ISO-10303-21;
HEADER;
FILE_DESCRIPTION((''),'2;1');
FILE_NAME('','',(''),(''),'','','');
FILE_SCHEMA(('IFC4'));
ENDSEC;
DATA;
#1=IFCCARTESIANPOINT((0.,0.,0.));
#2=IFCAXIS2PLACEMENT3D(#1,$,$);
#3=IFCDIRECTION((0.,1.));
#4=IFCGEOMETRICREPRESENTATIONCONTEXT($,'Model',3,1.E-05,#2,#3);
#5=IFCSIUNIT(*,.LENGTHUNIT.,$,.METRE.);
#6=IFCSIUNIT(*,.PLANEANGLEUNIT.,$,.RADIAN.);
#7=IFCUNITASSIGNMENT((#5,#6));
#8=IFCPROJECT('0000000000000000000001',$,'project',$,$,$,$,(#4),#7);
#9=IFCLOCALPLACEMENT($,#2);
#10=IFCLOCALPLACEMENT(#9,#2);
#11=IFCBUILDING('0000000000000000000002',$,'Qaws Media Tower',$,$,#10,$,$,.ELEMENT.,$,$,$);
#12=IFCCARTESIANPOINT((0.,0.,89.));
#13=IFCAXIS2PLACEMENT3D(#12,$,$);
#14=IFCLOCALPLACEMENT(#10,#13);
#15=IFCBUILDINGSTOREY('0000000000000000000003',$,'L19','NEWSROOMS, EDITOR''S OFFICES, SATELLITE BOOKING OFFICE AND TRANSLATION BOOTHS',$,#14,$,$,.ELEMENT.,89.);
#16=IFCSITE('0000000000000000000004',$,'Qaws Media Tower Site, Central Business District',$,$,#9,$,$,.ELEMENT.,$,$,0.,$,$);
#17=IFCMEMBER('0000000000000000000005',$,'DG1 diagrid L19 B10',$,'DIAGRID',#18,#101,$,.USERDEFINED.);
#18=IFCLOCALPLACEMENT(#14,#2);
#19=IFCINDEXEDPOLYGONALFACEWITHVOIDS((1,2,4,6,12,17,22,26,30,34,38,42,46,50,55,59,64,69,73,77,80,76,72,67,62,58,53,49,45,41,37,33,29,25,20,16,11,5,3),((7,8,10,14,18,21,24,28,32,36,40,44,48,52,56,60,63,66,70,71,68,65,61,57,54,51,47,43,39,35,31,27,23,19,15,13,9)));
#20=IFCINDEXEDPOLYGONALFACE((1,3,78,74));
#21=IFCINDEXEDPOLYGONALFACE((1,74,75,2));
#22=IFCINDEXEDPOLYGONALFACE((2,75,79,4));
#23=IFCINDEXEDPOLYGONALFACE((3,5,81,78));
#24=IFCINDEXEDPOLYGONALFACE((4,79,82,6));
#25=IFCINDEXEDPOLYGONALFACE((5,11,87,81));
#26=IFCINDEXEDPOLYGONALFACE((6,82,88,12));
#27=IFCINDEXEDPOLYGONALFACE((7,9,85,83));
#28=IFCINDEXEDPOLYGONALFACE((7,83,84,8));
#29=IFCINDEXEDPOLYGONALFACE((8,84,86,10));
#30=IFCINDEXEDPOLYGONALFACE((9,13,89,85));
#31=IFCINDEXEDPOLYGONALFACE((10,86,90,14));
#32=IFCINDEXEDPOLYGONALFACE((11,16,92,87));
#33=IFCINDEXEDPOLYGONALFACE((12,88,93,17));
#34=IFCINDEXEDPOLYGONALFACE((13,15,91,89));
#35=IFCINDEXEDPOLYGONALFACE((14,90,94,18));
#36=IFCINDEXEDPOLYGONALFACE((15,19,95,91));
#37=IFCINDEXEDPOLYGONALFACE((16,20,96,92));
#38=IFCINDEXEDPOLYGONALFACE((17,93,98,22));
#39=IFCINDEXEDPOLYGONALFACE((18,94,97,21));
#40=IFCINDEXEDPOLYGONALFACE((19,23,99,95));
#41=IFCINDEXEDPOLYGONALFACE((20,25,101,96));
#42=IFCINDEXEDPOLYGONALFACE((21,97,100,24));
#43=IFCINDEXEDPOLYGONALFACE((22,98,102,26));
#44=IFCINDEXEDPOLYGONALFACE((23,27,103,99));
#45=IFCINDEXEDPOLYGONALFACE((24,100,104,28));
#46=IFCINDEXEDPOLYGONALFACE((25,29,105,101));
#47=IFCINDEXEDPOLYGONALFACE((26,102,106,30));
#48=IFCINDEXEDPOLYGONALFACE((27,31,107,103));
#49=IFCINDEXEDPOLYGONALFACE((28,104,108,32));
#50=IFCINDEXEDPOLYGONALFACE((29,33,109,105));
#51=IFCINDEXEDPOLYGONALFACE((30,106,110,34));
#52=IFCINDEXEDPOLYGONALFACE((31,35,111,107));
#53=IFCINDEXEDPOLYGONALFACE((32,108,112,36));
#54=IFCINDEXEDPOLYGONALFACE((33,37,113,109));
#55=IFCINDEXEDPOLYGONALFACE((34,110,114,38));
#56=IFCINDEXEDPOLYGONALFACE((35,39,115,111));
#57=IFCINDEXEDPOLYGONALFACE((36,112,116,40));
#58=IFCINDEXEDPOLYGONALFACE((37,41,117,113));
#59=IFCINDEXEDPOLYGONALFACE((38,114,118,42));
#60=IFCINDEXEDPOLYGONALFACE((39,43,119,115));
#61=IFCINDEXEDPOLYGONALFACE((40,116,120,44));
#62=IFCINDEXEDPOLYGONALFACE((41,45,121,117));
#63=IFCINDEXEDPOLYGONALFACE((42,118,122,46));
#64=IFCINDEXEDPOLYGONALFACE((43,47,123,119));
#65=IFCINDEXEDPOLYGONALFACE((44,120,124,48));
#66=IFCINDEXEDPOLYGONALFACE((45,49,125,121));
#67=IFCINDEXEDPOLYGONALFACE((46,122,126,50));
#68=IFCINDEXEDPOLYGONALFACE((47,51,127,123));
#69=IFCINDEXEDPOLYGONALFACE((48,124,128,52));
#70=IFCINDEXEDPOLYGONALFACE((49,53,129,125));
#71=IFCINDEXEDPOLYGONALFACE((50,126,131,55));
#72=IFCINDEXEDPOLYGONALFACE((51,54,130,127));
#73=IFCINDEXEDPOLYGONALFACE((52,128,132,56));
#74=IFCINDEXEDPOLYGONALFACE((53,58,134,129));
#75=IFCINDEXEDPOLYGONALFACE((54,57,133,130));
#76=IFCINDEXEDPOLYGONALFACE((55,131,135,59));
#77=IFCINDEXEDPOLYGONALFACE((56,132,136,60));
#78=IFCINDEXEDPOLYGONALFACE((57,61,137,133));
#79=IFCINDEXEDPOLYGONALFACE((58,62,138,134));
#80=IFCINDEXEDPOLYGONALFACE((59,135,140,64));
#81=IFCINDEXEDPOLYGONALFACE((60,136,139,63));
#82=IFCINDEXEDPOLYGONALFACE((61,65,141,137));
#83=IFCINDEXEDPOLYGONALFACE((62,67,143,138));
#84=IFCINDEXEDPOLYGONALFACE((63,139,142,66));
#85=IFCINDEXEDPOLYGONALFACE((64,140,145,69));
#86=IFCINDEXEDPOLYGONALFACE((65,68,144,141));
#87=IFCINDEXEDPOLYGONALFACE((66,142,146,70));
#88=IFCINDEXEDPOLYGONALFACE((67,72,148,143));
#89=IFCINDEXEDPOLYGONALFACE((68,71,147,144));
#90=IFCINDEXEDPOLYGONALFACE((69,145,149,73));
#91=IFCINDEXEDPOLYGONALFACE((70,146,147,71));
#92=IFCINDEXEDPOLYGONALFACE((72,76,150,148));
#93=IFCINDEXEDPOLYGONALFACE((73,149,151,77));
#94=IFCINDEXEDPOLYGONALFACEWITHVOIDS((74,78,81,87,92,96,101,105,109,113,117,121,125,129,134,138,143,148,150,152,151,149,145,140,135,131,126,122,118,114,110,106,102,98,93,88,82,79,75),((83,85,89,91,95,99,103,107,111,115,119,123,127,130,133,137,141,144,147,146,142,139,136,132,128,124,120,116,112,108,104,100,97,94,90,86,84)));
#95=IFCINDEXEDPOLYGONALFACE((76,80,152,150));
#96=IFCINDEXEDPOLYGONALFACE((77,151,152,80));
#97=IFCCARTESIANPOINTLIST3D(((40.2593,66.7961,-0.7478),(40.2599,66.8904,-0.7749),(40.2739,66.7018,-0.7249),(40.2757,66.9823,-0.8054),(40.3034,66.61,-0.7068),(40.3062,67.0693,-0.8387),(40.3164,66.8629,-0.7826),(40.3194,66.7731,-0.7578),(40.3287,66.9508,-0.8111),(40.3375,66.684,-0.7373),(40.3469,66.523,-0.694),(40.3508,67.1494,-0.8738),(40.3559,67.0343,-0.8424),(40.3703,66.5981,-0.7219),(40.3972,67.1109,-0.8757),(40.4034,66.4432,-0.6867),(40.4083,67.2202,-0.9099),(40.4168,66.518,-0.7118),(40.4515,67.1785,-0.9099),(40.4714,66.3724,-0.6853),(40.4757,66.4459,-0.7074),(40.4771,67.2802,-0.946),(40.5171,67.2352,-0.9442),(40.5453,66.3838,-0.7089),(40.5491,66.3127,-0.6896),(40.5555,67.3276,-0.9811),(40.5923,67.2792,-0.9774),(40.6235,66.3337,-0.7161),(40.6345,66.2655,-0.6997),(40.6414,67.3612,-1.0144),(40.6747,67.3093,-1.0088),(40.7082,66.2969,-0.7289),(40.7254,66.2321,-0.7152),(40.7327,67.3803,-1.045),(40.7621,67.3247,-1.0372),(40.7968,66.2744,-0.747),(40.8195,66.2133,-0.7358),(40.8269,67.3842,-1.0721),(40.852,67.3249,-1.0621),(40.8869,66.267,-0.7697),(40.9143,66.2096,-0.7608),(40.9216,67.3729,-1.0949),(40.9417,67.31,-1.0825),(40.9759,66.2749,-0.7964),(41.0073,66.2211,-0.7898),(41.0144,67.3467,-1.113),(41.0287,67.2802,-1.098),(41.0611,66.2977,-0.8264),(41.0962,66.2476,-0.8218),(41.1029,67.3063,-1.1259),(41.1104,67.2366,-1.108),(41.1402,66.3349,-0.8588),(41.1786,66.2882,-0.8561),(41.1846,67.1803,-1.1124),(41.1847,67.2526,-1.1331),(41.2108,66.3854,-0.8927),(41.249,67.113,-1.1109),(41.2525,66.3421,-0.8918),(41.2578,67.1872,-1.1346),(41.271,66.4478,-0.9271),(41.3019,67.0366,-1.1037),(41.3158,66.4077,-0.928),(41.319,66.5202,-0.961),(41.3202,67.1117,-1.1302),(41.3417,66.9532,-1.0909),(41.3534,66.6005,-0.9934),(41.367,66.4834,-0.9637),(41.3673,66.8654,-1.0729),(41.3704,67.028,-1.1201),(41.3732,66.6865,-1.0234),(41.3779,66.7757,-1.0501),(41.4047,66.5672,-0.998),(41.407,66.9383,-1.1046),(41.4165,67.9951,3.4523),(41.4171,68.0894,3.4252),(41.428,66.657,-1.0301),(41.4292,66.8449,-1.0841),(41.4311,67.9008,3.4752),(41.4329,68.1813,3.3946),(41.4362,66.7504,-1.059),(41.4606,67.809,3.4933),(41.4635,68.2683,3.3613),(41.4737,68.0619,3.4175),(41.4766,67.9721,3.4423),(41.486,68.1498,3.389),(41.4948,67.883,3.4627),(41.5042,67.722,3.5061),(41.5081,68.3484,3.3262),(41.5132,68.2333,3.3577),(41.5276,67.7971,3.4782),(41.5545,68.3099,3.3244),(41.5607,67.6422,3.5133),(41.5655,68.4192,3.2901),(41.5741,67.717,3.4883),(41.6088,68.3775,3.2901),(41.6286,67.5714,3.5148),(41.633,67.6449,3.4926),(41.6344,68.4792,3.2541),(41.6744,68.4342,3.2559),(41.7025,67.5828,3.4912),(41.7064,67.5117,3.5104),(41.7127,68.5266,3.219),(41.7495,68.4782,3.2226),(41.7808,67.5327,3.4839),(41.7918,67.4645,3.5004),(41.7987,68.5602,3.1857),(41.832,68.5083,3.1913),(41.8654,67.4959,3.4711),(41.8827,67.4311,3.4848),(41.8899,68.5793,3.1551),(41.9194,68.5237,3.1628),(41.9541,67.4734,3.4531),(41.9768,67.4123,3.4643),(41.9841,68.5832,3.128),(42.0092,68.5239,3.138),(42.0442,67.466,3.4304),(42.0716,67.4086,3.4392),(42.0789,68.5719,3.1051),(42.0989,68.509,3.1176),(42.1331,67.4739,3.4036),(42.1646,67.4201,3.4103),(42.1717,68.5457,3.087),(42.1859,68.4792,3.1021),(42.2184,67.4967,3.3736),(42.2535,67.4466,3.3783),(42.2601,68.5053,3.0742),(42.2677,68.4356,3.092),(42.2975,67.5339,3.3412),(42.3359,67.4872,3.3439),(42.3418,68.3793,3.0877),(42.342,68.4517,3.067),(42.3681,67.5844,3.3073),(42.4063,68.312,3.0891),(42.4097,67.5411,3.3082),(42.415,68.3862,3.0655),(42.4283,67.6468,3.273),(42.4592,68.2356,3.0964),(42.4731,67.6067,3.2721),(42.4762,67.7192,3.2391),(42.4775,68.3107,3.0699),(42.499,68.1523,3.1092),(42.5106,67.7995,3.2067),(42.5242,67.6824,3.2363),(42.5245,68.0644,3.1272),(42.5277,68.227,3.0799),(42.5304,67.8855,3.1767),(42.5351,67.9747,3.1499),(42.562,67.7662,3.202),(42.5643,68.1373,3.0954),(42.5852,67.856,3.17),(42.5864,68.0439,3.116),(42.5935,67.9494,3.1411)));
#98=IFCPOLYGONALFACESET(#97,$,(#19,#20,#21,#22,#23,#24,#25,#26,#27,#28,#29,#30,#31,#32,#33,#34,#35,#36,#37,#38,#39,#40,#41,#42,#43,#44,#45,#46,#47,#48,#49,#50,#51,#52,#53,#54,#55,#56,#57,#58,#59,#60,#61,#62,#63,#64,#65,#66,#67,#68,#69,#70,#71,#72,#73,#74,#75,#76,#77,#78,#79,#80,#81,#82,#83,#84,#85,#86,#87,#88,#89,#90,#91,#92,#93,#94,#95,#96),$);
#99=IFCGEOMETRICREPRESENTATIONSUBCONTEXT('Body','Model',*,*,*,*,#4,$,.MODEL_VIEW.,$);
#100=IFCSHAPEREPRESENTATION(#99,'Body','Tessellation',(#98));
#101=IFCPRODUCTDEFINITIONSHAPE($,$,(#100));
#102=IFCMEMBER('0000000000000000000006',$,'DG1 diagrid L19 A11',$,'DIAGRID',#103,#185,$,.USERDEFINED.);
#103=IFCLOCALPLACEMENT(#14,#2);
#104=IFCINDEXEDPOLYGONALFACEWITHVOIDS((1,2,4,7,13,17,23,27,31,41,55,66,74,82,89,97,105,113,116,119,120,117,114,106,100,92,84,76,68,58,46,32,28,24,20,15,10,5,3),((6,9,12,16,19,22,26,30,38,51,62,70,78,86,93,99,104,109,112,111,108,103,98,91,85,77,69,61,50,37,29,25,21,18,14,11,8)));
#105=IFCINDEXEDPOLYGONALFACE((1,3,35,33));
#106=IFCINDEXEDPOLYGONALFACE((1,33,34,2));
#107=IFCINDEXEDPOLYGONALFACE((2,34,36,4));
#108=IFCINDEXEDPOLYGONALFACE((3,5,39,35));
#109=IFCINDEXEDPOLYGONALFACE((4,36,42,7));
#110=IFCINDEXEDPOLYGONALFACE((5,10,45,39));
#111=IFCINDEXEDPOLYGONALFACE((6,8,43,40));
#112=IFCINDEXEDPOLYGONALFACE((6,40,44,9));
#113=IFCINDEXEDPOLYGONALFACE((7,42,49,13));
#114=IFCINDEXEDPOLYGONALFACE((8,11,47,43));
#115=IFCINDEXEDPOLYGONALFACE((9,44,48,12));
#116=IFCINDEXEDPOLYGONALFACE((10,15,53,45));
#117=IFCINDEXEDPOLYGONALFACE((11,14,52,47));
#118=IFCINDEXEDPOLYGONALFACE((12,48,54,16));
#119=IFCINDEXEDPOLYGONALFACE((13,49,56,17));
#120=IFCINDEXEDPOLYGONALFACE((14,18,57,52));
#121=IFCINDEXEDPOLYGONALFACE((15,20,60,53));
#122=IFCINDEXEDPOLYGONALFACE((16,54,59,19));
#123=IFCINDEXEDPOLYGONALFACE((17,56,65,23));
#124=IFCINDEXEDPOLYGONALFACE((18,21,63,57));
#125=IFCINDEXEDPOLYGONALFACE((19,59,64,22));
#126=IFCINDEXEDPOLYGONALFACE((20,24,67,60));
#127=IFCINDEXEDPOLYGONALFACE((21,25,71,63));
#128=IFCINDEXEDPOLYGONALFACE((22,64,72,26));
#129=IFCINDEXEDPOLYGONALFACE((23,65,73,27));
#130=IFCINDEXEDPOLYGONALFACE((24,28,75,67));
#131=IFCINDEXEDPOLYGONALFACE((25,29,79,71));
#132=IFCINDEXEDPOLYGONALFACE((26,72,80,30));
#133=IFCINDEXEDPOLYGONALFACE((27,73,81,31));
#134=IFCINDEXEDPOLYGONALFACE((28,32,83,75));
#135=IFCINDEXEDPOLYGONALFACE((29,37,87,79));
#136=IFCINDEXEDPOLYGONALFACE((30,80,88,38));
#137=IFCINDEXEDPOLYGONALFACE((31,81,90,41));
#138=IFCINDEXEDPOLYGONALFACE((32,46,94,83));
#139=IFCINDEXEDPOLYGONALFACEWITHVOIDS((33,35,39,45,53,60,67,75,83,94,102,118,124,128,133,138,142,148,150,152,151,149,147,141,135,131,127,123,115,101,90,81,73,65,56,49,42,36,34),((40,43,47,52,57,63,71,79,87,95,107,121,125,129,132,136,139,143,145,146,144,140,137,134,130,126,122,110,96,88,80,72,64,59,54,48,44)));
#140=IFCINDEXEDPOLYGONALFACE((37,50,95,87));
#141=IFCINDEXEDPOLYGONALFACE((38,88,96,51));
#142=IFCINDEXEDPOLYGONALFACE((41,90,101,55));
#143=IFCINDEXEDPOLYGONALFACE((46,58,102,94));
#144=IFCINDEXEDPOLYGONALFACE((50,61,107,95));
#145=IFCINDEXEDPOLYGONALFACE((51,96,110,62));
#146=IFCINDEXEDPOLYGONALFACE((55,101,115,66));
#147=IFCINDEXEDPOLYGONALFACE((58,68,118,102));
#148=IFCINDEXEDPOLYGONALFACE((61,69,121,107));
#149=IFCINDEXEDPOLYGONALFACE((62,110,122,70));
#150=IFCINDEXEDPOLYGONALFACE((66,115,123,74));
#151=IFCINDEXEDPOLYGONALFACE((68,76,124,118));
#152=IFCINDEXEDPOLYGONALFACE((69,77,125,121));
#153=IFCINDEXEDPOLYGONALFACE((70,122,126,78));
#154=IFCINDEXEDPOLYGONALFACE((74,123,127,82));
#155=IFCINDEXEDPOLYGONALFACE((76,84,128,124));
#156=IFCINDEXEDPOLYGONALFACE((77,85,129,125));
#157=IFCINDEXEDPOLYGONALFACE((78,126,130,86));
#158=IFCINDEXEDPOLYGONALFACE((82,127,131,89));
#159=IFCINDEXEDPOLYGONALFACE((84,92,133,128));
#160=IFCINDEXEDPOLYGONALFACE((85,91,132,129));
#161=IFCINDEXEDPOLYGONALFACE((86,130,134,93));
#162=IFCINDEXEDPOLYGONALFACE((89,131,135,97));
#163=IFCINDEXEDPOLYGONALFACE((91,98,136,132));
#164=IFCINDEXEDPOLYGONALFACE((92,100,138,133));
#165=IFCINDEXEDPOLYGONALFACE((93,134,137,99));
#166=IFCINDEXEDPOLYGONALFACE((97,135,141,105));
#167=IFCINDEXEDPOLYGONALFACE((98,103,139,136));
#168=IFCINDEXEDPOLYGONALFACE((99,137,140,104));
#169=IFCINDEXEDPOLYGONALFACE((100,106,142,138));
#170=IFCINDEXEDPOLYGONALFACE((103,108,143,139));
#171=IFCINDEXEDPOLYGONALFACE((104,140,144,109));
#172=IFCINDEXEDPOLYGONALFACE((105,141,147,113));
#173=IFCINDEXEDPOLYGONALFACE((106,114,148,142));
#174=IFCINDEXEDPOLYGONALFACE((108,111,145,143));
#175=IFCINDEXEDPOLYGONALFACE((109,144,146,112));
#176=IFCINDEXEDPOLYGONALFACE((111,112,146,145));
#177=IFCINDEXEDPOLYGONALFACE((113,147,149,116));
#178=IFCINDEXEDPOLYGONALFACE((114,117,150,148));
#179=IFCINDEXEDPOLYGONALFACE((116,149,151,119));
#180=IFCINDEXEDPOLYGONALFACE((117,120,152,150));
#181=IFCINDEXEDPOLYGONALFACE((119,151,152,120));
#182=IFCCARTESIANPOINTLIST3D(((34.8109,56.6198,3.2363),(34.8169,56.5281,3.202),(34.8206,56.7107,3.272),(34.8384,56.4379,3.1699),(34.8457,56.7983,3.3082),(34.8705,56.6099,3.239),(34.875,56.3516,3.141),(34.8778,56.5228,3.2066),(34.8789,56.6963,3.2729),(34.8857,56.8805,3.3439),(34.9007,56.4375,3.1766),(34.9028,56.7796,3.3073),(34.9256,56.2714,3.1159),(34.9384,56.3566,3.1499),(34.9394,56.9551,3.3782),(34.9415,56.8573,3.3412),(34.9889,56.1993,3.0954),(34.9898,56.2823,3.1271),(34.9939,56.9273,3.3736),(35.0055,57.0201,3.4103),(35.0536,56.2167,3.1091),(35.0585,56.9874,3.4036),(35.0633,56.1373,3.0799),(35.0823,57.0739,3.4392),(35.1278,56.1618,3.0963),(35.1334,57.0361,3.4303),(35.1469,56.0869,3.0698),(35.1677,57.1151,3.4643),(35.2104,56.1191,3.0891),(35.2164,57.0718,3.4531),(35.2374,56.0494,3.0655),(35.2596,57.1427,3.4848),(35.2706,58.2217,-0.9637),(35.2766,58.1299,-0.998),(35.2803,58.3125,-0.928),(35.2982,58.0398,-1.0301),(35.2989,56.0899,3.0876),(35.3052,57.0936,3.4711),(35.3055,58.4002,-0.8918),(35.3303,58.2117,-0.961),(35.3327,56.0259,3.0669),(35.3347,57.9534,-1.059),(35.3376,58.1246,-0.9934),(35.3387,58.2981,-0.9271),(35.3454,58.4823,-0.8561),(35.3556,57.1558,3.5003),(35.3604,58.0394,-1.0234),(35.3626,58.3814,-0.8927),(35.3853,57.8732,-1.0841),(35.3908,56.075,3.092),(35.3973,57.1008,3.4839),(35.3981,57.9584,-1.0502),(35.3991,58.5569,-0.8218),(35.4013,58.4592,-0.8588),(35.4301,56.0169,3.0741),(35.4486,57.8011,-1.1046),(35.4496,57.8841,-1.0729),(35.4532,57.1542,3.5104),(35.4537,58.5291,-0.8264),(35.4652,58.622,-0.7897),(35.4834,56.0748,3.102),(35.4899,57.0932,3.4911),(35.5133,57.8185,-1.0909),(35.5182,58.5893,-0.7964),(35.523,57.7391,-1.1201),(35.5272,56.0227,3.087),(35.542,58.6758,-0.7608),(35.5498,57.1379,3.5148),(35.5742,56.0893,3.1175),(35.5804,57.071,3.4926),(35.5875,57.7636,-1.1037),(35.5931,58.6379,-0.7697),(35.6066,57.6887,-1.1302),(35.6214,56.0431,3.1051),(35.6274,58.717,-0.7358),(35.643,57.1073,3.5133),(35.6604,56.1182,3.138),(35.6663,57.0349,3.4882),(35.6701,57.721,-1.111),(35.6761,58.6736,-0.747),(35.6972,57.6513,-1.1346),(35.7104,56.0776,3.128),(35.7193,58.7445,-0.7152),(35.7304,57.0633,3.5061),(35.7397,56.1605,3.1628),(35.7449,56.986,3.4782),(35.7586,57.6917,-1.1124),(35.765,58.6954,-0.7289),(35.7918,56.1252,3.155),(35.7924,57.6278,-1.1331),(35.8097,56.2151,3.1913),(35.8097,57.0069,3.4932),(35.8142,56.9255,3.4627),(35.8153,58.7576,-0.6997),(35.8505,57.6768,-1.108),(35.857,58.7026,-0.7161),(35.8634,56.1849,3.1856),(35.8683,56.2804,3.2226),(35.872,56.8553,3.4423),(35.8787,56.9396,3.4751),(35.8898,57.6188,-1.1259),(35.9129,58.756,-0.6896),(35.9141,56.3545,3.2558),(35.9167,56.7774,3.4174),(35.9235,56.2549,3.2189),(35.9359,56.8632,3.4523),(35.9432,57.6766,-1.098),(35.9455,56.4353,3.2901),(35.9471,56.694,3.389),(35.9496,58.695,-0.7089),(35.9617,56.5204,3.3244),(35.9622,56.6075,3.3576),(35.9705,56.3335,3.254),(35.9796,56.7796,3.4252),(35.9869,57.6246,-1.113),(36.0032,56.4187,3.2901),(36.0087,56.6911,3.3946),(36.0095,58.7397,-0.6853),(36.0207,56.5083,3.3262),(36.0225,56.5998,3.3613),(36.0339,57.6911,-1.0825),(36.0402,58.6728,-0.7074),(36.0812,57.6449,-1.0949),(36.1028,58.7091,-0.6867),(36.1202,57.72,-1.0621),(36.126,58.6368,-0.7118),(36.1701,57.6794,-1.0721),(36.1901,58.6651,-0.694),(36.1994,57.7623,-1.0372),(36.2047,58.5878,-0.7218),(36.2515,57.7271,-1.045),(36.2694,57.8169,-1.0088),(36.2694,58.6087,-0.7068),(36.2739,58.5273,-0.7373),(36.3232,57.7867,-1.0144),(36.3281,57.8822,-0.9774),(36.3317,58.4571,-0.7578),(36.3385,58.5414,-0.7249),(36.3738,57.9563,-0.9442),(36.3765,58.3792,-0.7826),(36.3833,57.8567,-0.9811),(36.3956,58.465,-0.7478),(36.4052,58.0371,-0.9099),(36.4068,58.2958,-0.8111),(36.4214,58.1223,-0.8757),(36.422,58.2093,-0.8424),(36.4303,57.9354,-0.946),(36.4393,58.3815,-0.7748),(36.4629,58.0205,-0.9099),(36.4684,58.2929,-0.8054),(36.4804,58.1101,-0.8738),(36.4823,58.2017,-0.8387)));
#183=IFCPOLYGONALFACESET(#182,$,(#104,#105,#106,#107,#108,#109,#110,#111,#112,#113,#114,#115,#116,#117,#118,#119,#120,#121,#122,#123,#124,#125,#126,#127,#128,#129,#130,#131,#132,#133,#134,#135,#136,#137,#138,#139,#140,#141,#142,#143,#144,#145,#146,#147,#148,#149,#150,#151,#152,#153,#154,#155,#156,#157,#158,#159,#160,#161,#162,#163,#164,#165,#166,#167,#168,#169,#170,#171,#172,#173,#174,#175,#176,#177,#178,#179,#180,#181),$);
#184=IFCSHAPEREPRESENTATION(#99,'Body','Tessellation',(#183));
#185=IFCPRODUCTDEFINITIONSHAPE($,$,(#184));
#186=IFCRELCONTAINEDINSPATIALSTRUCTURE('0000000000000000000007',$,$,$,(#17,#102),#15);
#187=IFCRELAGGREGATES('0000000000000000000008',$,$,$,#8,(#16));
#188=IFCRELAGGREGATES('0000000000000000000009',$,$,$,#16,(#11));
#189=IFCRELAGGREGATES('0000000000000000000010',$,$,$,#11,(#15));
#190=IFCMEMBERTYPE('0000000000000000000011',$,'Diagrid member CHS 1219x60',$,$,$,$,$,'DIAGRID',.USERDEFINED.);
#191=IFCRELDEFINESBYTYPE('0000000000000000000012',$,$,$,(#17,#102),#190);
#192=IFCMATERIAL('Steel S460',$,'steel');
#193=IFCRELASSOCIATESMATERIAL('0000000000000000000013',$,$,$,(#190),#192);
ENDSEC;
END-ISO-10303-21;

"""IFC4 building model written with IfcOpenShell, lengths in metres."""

from ifc_helpers import new_model, si_unit, direction, frame, origin, origin_2d, place, context, subcontext, project, spatial, hollow_circle, extrude, material, material_profile, profile_set, type_object, element, save


model = new_model("IFC4")

# Units and contexts
model_context = context("Model", 3, precision=1e-05, world=origin(), true_north=direction((0.0, 1.0)))
body_context = subcontext(model_context, "Body", "Model", "MODEL_VIEW")
ifc_project = project(units=[si_unit("LENGTHUNIT", "METRE"), si_unit("PLANEANGLEUNIT", "RADIAN")], contexts=[model_context])

# Site, building, storey
site_placement = place(None, origin())
site = spatial("IfcSite", under=ifc_project, at=site_placement, Name="Qaws Media Tower Site, Central Business District", CompositionType="ELEMENT", RefElevation=0.0)
building_placement = place(site_placement, origin())
building = spatial("IfcBuilding", under=site, at=building_placement, Name="Qaws Media Tower", CompositionType="ELEMENT")
storey_placement = place(building_placement, frame((0.0, 0.0, 89.0)))
storey = spatial("IfcBuildingStorey", under=building, at=storey_placement, Name="L19", Description="NEWSROOMS, EDITOR'S OFFICES, SATELLITE BOOKING OFFICE AND TRANSLATION BOOTHS", CompositionType="ELEMENT", Elevation=89.0)

# Members
ifc_material_1 = material(Name="Steel S460", Category="steel")
ifc_material_profile_1 = material_profile(ifc_material_1, hollow_circle(Radius=0.6096, WallThickness=0.0601, at=origin_2d()), Name="CHS 1219x60")
ifc_profile_set_1 = profile_set([ifc_material_profile_1], Name="Steel S460")
member_type_1 = type_object("IfcMemberType", Name="Diagrid member CHS 1219x60", ElementType="DIAGRID", PredefinedType="USERDEFINED", material=ifc_profile_set_1)
for number, where, z_axis, x_axis, name in (
    (1, (40.8469, 66.7969, -0.9099), (0.256112, 0.265351, 0.929513), (-0.719523, 0.694469, 0.0), "DG1 diagrid L19 B10"),
    (2, (35.877, 58.1887, -0.9099), (-0.101741, -0.354501, 0.929504), (0.961197, -0.275863, 0.0), "DG1 diagrid L19 A11"),
):
    element("IfcMember", number, at=place(storey_placement, frame(where, z_axis=z_axis, x_axis=x_axis)), inside=storey, type_object=member_type_1, Name=name, ObjectType="DIAGRID", PredefinedType="USERDEFINED", context=body_context, shape_type="SweptSolid", body=[
        extrude(hollow_circle(Radius=0.6096, WallThickness=0.0601, at=origin_2d()), origin(), (0.0, 0.0, 1.0), 4.5186),
    ])

save(model, "model.ifc")
